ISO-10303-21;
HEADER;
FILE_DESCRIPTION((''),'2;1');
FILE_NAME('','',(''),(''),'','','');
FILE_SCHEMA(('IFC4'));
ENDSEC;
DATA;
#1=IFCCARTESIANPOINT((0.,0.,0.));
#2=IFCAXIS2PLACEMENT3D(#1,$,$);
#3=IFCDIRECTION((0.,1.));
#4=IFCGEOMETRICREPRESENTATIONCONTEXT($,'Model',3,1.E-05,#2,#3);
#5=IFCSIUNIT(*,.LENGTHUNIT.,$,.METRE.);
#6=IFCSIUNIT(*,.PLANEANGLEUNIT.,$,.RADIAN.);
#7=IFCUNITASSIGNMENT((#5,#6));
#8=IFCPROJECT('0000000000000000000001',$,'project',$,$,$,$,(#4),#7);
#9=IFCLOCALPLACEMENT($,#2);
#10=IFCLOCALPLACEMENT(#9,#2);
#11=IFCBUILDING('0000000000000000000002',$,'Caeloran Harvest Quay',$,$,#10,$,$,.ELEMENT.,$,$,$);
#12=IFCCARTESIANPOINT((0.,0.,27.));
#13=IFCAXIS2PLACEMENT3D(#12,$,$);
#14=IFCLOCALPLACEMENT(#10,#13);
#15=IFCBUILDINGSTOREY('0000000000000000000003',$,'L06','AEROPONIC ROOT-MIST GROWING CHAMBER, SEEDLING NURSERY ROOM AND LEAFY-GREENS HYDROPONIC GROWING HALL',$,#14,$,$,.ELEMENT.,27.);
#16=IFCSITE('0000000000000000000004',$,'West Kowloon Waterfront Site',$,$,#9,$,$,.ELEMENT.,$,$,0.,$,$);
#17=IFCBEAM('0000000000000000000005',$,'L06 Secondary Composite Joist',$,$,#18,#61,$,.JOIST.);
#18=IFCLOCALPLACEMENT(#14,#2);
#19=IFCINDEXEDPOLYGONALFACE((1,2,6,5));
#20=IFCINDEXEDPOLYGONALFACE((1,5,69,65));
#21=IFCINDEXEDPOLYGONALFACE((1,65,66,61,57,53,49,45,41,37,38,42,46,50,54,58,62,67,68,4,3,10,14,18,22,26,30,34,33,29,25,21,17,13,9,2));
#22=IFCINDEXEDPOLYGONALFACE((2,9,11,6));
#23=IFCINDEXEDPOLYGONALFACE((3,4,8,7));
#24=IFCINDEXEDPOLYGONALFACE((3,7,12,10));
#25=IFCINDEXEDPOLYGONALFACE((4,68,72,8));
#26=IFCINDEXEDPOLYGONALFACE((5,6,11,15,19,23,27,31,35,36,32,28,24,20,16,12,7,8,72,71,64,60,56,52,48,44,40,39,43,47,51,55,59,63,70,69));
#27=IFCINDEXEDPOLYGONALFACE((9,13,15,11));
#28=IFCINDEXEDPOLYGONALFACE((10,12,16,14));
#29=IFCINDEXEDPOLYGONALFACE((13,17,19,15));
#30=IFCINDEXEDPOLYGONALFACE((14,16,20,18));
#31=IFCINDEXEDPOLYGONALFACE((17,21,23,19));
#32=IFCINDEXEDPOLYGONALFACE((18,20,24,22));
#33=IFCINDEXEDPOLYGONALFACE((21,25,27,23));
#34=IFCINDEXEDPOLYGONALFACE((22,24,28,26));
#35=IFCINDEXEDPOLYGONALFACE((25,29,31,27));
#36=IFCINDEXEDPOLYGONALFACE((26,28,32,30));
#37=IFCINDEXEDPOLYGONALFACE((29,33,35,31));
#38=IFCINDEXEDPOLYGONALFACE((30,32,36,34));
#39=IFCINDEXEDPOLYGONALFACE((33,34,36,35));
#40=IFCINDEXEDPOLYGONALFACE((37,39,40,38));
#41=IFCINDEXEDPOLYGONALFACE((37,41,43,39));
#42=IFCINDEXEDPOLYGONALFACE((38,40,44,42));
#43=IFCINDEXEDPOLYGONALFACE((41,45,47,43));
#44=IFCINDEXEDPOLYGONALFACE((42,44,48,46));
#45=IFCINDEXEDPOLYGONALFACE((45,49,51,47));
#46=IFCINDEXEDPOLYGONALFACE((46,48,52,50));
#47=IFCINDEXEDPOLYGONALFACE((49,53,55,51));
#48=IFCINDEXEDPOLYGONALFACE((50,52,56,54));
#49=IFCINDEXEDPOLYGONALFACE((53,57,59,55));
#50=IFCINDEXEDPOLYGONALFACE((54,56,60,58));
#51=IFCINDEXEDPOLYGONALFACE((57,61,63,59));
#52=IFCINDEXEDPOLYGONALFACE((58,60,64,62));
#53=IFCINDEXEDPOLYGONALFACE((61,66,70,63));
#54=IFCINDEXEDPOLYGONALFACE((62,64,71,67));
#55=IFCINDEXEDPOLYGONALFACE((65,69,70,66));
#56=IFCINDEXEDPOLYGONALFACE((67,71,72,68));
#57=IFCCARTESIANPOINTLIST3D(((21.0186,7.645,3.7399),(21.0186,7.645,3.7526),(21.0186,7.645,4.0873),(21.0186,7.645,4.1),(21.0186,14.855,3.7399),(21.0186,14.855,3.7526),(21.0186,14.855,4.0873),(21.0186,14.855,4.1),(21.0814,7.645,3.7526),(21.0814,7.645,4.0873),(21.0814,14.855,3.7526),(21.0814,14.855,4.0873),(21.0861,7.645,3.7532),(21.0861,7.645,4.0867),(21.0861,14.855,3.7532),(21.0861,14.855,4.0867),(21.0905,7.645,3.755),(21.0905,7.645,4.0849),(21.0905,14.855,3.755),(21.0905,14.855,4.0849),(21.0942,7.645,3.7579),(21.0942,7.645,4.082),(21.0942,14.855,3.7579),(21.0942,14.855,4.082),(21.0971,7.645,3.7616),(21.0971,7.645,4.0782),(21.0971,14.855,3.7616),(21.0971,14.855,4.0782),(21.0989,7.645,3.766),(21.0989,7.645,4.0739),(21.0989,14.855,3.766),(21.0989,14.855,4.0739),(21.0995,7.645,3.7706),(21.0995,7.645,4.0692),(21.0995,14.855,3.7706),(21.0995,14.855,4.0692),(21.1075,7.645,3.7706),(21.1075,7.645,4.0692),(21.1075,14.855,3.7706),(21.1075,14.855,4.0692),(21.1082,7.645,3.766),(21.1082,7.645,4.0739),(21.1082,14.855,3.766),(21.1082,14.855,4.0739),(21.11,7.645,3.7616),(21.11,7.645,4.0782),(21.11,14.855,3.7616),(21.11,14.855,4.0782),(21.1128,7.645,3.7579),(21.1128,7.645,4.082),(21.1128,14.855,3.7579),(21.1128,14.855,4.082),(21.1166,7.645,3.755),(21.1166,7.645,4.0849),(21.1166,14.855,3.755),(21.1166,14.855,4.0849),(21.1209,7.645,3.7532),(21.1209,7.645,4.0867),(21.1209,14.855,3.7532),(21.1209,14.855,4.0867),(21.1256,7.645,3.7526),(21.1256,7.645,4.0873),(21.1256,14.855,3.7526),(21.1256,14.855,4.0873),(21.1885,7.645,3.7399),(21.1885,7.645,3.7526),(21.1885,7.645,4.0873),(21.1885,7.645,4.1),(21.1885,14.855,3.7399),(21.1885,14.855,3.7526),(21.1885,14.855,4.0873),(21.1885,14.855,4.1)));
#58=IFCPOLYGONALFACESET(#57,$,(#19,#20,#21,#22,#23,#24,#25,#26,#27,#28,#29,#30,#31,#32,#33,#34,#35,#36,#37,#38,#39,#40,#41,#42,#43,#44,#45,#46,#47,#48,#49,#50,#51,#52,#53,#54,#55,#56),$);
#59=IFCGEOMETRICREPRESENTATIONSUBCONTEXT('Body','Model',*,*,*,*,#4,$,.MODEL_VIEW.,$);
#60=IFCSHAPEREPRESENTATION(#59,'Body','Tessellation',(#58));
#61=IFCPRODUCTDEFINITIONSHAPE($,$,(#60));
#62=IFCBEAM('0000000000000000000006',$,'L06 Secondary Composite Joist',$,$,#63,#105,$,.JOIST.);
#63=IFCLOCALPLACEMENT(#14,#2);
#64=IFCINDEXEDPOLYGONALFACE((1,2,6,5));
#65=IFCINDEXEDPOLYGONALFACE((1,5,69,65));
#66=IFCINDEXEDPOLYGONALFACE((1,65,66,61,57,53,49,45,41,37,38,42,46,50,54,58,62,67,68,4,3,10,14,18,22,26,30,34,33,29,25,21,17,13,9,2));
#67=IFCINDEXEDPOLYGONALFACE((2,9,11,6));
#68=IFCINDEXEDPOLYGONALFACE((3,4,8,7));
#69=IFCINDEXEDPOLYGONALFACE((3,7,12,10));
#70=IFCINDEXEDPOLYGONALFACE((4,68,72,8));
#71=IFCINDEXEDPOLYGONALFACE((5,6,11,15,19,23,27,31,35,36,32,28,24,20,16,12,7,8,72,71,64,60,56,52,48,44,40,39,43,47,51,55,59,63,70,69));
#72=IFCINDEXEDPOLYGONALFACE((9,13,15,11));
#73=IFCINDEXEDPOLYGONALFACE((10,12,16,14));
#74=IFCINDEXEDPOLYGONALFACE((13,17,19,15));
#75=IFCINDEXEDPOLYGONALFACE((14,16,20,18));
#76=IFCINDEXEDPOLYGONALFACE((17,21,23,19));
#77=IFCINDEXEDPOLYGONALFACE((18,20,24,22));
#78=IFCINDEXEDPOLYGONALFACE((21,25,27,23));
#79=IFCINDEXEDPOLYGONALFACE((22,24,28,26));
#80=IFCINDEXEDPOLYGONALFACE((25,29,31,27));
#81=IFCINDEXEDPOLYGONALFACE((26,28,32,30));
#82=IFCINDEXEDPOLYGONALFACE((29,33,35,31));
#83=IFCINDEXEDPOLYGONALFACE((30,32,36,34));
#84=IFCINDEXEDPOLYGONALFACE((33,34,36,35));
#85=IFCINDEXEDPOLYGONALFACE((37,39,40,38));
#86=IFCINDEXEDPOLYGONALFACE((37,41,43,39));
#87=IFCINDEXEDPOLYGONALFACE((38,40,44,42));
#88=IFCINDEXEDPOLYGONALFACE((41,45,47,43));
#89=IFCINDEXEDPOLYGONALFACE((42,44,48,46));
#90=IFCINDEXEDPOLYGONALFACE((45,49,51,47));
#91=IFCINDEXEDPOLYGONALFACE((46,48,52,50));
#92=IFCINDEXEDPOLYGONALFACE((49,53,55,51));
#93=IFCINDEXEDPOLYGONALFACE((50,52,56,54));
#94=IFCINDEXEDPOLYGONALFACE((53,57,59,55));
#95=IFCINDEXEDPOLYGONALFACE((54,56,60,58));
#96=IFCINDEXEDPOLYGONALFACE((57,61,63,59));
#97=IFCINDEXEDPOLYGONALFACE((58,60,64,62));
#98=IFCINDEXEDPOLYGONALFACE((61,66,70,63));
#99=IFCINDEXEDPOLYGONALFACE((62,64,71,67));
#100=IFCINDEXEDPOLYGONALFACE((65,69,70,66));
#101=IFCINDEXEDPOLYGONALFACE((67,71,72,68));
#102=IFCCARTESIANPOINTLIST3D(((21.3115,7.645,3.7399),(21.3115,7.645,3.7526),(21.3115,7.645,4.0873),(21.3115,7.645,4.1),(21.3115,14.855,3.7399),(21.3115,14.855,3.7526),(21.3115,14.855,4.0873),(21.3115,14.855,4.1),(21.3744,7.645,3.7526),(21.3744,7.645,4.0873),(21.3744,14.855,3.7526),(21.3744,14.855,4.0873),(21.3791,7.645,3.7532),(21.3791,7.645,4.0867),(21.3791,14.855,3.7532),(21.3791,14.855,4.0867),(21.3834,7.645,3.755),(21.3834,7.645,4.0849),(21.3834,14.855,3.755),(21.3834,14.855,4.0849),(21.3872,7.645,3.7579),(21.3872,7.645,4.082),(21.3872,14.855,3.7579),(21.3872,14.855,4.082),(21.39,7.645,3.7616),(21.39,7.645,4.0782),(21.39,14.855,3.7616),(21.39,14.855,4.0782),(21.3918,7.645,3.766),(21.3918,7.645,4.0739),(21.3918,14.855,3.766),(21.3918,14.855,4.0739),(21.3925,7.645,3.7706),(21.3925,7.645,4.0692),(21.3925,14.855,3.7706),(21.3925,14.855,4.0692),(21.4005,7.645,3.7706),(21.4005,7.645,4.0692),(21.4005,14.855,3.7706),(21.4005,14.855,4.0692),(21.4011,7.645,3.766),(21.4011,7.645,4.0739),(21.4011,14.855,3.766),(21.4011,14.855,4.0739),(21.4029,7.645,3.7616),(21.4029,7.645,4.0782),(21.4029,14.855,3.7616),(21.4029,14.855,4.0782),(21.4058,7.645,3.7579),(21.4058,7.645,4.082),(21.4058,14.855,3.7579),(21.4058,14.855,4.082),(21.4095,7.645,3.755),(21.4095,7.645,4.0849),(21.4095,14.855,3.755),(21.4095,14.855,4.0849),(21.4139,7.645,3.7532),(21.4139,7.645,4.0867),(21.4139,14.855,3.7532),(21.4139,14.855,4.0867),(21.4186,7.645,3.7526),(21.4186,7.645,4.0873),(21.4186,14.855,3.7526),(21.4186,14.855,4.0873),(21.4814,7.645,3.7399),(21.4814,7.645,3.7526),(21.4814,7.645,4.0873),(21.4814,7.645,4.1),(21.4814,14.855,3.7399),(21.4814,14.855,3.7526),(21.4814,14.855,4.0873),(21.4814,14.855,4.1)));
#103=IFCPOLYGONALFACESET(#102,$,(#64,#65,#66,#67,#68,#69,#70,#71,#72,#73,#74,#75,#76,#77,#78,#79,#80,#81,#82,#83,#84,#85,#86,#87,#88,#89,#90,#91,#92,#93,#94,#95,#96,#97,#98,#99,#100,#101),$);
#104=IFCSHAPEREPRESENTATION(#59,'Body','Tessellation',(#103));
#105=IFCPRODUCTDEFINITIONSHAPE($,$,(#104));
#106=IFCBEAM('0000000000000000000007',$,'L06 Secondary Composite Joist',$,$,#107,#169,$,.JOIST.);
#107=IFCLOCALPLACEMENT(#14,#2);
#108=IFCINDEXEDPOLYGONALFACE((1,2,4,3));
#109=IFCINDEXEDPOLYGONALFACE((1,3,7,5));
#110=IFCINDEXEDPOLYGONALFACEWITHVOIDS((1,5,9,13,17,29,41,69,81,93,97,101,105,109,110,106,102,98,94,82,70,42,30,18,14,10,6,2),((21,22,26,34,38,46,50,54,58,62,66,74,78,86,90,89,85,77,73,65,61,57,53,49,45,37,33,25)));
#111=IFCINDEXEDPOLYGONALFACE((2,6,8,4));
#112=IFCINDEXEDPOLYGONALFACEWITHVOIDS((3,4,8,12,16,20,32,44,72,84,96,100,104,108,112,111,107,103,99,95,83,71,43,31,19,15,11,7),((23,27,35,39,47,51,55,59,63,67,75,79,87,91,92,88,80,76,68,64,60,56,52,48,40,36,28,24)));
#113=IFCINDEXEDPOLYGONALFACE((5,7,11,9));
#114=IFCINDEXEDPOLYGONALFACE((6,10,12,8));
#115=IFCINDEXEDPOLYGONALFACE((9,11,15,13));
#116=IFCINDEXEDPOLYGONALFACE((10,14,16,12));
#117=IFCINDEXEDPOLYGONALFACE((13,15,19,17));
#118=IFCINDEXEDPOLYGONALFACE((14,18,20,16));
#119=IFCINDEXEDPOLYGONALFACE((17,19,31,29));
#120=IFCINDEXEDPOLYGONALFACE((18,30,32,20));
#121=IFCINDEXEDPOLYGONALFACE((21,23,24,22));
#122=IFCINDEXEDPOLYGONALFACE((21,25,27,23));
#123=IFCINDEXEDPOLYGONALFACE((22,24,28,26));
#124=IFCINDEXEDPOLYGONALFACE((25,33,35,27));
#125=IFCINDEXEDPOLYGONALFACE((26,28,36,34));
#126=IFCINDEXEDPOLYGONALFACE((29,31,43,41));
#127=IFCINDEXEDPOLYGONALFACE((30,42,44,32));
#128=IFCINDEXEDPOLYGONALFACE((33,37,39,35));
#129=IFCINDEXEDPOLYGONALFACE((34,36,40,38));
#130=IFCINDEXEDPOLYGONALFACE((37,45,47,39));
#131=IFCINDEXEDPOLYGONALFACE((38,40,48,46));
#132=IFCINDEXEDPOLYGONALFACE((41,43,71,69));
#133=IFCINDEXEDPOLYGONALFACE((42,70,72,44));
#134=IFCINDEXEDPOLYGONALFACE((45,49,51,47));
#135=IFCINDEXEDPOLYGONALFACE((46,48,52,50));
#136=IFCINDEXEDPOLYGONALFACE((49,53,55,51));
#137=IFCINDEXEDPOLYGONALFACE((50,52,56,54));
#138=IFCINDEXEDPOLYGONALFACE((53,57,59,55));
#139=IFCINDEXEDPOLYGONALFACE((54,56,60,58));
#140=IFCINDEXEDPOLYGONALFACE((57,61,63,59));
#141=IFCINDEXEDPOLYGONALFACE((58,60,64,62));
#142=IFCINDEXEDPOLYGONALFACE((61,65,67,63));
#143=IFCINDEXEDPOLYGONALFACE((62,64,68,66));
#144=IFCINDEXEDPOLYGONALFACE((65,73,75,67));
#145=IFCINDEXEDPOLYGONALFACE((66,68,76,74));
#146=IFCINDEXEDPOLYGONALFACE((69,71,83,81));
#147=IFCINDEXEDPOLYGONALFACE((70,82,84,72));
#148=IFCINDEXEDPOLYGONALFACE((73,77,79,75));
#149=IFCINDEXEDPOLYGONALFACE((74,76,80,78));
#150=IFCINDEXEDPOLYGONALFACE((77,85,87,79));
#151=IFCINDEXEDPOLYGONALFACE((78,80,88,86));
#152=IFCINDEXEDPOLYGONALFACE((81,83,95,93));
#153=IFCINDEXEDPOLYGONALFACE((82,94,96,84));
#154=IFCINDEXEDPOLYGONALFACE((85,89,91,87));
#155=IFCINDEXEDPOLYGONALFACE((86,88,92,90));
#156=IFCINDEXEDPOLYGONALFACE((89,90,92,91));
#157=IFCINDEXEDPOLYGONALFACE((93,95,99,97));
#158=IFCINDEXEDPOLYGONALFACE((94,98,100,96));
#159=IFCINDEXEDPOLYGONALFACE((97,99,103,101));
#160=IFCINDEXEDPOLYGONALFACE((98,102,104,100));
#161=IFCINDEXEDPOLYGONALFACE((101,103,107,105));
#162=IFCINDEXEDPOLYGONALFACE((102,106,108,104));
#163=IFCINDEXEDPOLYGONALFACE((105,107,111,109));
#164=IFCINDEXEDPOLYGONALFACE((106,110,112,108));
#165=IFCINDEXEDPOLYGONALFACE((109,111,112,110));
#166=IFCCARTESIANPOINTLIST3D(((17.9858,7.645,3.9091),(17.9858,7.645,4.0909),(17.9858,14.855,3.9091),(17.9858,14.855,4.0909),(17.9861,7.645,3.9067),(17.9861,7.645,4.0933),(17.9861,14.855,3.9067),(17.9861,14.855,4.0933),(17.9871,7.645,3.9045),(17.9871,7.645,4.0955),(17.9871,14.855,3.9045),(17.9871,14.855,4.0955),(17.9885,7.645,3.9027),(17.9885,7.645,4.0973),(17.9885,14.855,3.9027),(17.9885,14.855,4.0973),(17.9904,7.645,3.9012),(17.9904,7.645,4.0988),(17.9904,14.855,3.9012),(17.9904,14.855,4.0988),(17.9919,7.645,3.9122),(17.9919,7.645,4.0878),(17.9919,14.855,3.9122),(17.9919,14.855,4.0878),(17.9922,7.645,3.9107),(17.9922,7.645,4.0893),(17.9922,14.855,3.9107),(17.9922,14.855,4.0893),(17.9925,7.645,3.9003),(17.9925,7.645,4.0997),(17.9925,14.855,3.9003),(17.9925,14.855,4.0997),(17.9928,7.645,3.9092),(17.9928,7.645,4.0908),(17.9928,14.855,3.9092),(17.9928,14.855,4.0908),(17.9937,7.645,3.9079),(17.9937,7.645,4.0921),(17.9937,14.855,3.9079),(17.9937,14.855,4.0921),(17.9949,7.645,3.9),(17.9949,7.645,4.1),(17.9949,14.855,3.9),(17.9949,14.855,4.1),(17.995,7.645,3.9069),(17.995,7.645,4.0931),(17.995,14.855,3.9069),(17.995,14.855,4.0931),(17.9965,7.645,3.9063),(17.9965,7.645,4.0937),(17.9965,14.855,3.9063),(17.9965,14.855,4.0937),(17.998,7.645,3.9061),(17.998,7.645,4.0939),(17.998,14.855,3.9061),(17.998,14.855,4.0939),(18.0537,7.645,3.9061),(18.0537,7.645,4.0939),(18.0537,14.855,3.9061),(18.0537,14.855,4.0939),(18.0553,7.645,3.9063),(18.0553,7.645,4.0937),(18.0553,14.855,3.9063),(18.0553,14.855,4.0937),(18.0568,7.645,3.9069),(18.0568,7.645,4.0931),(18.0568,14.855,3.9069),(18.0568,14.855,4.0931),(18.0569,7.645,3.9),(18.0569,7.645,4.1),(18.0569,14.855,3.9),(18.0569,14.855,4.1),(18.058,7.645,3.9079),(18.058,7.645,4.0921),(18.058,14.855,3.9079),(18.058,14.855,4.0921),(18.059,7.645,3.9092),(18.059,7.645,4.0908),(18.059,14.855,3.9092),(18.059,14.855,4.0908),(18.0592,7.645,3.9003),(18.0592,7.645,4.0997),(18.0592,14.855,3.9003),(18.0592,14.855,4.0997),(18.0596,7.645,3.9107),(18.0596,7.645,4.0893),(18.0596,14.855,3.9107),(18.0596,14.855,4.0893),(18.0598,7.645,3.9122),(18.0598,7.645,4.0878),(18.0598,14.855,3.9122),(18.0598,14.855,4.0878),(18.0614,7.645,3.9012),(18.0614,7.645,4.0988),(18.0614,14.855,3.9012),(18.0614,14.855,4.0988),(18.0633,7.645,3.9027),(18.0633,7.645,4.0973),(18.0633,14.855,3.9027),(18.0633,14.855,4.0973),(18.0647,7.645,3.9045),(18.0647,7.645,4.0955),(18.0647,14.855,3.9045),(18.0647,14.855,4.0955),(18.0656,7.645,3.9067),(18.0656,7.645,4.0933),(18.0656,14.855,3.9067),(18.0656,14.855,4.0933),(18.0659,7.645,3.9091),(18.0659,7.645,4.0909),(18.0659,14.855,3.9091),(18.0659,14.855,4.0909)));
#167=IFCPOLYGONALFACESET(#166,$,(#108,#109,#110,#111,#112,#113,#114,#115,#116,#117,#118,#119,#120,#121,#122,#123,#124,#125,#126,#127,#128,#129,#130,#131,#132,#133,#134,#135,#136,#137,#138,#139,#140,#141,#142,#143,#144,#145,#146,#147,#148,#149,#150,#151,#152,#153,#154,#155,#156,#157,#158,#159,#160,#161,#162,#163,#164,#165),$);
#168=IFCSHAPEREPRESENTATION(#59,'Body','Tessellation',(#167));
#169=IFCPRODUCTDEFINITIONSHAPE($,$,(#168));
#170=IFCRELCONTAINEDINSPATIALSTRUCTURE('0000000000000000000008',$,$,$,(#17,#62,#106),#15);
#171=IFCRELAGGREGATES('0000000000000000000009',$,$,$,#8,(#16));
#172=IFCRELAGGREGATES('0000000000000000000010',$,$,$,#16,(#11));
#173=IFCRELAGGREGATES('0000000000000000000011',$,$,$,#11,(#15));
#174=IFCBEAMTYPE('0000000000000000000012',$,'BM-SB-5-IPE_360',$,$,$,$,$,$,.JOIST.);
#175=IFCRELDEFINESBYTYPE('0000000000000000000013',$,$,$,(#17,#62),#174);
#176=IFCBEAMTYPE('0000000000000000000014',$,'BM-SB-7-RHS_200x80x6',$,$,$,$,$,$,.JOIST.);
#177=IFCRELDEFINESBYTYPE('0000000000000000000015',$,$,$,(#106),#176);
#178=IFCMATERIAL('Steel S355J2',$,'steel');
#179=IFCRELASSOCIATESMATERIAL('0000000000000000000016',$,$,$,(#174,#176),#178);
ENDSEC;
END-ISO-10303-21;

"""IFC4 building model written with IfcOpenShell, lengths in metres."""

from ifc_helpers import new_model, si_unit, direction, frame, origin, origin_2d, place, context, subcontext, project, spatial, hollow_rectangle, i_section, extrude, material, material_profile, profile_set, type_object, element, save


model = new_model("IFC4")

# Units and contexts
model_context = context("Model", 3, precision=1e-05, world=origin(), true_north=direction((0.0, 1.0)))
body_context = subcontext(model_context, "Body", "Model", "MODEL_VIEW")
ifc_project = project(units=[si_unit("LENGTHUNIT", "METRE"), si_unit("PLANEANGLEUNIT", "RADIAN")], contexts=[model_context])

# Site, building, storey
site_placement = place(None, origin())
site = spatial("IfcSite", under=ifc_project, at=site_placement, Name="West Kowloon Waterfront Site", CompositionType="ELEMENT", RefElevation=0.0)
building_placement = place(site_placement, origin())
building = spatial("IfcBuilding", under=site, at=building_placement, Name="Caeloran Harvest Quay", CompositionType="ELEMENT")
storey_placement = place(building_placement, frame((0.0, 0.0, 27.0)))
storey = spatial("IfcBuildingStorey", under=building, at=storey_placement, Name="L06", Description="AEROPONIC ROOT-MIST GROWING CHAMBER, SEEDLING NURSERY ROOM AND LEAFY-GREENS HYDROPONIC GROWING HALL", CompositionType="ELEMENT", Elevation=27.0)

# Beams
ifc_material_1 = material(Name="Steel S355J2", Category="steel")
ifc_material_profile_1 = material_profile(ifc_material_1, i_section(OverallWidth=0.1699, OverallDepth=0.3601, WebThickness=0.0081, FlangeThickness=0.0127, FilletRadius=0.0181, at=origin_2d()), Name="IPE 360")
ifc_profile_set_1 = profile_set([ifc_material_profile_1], Name="Steel S355J2")
beam_type_1 = type_object("IfcBeamType", Name="BM-SB-5-IPE_360", PredefinedType="JOIST", material=ifc_profile_set_1)
for number, where, z_axis, x_axis, name in (
    (1, (21.1035, 7.645, 3.9199), (0.0, 1.0, 0.0), (-1.0, 0.0, 0.0), "L06 Secondary Composite Joist"),
    (2, (21.3965, 7.645, 3.9199), (0.0, 1.0, 0.0), (-1.0, 0.0, 0.0), "L06 Secondary Composite Joist"),
):
    element("IfcBeam", number, at=place(storey_placement, frame(where, z_axis=z_axis, x_axis=x_axis)), inside=storey, type_object=beam_type_1, Name=name, PredefinedType="JOIST", context=body_context, shape_type="SweptSolid", body=[
        extrude(i_section(OverallWidth=0.1699, OverallDepth=0.3601, WebThickness=0.0081, FlangeThickness=0.0127, FilletRadius=0.0181, at=origin_2d()), origin(), (0.0, 0.0, 1.0), 7.21),
    ])
ifc_material_profile_2 = material_profile(ifc_material_1, hollow_rectangle(XDim=0.0801, YDim=0.2, WallThickness=0.0061, InnerFilletRadius=0.0061, OuterFilletRadius=0.009, at=origin_2d()), Name="RHS 200x80x6")
ifc_profile_set_2 = profile_set([ifc_material_profile_2], Name="Steel S355J2")
beam_type_2 = type_object("IfcBeamType", Name="BM-SB-7-RHS_200x80x6", PredefinedType="JOIST", material=ifc_profile_set_2)
for number, where, z_axis, x_axis, name in (
    (3, (18.0259, 7.645, 4.0), (0.0, 1.0, 0.0), (-1.0, 0.0, 0.0), "L06 Secondary Composite Joist"),
):
    element("IfcBeam", number, at=place(storey_placement, frame(where, z_axis=z_axis, x_axis=x_axis)), inside=storey, type_object=beam_type_2, Name=name, PredefinedType="JOIST", context=body_context, shape_type="SweptSolid", body=[
        extrude(hollow_rectangle(XDim=0.0801, YDim=0.2, WallThickness=0.0061, InnerFilletRadius=0.0061, OuterFilletRadius=0.009, at=origin_2d()), origin(), (0.0, 0.0, 1.0), 7.21),
    ])

save(model, "model.ifc")
